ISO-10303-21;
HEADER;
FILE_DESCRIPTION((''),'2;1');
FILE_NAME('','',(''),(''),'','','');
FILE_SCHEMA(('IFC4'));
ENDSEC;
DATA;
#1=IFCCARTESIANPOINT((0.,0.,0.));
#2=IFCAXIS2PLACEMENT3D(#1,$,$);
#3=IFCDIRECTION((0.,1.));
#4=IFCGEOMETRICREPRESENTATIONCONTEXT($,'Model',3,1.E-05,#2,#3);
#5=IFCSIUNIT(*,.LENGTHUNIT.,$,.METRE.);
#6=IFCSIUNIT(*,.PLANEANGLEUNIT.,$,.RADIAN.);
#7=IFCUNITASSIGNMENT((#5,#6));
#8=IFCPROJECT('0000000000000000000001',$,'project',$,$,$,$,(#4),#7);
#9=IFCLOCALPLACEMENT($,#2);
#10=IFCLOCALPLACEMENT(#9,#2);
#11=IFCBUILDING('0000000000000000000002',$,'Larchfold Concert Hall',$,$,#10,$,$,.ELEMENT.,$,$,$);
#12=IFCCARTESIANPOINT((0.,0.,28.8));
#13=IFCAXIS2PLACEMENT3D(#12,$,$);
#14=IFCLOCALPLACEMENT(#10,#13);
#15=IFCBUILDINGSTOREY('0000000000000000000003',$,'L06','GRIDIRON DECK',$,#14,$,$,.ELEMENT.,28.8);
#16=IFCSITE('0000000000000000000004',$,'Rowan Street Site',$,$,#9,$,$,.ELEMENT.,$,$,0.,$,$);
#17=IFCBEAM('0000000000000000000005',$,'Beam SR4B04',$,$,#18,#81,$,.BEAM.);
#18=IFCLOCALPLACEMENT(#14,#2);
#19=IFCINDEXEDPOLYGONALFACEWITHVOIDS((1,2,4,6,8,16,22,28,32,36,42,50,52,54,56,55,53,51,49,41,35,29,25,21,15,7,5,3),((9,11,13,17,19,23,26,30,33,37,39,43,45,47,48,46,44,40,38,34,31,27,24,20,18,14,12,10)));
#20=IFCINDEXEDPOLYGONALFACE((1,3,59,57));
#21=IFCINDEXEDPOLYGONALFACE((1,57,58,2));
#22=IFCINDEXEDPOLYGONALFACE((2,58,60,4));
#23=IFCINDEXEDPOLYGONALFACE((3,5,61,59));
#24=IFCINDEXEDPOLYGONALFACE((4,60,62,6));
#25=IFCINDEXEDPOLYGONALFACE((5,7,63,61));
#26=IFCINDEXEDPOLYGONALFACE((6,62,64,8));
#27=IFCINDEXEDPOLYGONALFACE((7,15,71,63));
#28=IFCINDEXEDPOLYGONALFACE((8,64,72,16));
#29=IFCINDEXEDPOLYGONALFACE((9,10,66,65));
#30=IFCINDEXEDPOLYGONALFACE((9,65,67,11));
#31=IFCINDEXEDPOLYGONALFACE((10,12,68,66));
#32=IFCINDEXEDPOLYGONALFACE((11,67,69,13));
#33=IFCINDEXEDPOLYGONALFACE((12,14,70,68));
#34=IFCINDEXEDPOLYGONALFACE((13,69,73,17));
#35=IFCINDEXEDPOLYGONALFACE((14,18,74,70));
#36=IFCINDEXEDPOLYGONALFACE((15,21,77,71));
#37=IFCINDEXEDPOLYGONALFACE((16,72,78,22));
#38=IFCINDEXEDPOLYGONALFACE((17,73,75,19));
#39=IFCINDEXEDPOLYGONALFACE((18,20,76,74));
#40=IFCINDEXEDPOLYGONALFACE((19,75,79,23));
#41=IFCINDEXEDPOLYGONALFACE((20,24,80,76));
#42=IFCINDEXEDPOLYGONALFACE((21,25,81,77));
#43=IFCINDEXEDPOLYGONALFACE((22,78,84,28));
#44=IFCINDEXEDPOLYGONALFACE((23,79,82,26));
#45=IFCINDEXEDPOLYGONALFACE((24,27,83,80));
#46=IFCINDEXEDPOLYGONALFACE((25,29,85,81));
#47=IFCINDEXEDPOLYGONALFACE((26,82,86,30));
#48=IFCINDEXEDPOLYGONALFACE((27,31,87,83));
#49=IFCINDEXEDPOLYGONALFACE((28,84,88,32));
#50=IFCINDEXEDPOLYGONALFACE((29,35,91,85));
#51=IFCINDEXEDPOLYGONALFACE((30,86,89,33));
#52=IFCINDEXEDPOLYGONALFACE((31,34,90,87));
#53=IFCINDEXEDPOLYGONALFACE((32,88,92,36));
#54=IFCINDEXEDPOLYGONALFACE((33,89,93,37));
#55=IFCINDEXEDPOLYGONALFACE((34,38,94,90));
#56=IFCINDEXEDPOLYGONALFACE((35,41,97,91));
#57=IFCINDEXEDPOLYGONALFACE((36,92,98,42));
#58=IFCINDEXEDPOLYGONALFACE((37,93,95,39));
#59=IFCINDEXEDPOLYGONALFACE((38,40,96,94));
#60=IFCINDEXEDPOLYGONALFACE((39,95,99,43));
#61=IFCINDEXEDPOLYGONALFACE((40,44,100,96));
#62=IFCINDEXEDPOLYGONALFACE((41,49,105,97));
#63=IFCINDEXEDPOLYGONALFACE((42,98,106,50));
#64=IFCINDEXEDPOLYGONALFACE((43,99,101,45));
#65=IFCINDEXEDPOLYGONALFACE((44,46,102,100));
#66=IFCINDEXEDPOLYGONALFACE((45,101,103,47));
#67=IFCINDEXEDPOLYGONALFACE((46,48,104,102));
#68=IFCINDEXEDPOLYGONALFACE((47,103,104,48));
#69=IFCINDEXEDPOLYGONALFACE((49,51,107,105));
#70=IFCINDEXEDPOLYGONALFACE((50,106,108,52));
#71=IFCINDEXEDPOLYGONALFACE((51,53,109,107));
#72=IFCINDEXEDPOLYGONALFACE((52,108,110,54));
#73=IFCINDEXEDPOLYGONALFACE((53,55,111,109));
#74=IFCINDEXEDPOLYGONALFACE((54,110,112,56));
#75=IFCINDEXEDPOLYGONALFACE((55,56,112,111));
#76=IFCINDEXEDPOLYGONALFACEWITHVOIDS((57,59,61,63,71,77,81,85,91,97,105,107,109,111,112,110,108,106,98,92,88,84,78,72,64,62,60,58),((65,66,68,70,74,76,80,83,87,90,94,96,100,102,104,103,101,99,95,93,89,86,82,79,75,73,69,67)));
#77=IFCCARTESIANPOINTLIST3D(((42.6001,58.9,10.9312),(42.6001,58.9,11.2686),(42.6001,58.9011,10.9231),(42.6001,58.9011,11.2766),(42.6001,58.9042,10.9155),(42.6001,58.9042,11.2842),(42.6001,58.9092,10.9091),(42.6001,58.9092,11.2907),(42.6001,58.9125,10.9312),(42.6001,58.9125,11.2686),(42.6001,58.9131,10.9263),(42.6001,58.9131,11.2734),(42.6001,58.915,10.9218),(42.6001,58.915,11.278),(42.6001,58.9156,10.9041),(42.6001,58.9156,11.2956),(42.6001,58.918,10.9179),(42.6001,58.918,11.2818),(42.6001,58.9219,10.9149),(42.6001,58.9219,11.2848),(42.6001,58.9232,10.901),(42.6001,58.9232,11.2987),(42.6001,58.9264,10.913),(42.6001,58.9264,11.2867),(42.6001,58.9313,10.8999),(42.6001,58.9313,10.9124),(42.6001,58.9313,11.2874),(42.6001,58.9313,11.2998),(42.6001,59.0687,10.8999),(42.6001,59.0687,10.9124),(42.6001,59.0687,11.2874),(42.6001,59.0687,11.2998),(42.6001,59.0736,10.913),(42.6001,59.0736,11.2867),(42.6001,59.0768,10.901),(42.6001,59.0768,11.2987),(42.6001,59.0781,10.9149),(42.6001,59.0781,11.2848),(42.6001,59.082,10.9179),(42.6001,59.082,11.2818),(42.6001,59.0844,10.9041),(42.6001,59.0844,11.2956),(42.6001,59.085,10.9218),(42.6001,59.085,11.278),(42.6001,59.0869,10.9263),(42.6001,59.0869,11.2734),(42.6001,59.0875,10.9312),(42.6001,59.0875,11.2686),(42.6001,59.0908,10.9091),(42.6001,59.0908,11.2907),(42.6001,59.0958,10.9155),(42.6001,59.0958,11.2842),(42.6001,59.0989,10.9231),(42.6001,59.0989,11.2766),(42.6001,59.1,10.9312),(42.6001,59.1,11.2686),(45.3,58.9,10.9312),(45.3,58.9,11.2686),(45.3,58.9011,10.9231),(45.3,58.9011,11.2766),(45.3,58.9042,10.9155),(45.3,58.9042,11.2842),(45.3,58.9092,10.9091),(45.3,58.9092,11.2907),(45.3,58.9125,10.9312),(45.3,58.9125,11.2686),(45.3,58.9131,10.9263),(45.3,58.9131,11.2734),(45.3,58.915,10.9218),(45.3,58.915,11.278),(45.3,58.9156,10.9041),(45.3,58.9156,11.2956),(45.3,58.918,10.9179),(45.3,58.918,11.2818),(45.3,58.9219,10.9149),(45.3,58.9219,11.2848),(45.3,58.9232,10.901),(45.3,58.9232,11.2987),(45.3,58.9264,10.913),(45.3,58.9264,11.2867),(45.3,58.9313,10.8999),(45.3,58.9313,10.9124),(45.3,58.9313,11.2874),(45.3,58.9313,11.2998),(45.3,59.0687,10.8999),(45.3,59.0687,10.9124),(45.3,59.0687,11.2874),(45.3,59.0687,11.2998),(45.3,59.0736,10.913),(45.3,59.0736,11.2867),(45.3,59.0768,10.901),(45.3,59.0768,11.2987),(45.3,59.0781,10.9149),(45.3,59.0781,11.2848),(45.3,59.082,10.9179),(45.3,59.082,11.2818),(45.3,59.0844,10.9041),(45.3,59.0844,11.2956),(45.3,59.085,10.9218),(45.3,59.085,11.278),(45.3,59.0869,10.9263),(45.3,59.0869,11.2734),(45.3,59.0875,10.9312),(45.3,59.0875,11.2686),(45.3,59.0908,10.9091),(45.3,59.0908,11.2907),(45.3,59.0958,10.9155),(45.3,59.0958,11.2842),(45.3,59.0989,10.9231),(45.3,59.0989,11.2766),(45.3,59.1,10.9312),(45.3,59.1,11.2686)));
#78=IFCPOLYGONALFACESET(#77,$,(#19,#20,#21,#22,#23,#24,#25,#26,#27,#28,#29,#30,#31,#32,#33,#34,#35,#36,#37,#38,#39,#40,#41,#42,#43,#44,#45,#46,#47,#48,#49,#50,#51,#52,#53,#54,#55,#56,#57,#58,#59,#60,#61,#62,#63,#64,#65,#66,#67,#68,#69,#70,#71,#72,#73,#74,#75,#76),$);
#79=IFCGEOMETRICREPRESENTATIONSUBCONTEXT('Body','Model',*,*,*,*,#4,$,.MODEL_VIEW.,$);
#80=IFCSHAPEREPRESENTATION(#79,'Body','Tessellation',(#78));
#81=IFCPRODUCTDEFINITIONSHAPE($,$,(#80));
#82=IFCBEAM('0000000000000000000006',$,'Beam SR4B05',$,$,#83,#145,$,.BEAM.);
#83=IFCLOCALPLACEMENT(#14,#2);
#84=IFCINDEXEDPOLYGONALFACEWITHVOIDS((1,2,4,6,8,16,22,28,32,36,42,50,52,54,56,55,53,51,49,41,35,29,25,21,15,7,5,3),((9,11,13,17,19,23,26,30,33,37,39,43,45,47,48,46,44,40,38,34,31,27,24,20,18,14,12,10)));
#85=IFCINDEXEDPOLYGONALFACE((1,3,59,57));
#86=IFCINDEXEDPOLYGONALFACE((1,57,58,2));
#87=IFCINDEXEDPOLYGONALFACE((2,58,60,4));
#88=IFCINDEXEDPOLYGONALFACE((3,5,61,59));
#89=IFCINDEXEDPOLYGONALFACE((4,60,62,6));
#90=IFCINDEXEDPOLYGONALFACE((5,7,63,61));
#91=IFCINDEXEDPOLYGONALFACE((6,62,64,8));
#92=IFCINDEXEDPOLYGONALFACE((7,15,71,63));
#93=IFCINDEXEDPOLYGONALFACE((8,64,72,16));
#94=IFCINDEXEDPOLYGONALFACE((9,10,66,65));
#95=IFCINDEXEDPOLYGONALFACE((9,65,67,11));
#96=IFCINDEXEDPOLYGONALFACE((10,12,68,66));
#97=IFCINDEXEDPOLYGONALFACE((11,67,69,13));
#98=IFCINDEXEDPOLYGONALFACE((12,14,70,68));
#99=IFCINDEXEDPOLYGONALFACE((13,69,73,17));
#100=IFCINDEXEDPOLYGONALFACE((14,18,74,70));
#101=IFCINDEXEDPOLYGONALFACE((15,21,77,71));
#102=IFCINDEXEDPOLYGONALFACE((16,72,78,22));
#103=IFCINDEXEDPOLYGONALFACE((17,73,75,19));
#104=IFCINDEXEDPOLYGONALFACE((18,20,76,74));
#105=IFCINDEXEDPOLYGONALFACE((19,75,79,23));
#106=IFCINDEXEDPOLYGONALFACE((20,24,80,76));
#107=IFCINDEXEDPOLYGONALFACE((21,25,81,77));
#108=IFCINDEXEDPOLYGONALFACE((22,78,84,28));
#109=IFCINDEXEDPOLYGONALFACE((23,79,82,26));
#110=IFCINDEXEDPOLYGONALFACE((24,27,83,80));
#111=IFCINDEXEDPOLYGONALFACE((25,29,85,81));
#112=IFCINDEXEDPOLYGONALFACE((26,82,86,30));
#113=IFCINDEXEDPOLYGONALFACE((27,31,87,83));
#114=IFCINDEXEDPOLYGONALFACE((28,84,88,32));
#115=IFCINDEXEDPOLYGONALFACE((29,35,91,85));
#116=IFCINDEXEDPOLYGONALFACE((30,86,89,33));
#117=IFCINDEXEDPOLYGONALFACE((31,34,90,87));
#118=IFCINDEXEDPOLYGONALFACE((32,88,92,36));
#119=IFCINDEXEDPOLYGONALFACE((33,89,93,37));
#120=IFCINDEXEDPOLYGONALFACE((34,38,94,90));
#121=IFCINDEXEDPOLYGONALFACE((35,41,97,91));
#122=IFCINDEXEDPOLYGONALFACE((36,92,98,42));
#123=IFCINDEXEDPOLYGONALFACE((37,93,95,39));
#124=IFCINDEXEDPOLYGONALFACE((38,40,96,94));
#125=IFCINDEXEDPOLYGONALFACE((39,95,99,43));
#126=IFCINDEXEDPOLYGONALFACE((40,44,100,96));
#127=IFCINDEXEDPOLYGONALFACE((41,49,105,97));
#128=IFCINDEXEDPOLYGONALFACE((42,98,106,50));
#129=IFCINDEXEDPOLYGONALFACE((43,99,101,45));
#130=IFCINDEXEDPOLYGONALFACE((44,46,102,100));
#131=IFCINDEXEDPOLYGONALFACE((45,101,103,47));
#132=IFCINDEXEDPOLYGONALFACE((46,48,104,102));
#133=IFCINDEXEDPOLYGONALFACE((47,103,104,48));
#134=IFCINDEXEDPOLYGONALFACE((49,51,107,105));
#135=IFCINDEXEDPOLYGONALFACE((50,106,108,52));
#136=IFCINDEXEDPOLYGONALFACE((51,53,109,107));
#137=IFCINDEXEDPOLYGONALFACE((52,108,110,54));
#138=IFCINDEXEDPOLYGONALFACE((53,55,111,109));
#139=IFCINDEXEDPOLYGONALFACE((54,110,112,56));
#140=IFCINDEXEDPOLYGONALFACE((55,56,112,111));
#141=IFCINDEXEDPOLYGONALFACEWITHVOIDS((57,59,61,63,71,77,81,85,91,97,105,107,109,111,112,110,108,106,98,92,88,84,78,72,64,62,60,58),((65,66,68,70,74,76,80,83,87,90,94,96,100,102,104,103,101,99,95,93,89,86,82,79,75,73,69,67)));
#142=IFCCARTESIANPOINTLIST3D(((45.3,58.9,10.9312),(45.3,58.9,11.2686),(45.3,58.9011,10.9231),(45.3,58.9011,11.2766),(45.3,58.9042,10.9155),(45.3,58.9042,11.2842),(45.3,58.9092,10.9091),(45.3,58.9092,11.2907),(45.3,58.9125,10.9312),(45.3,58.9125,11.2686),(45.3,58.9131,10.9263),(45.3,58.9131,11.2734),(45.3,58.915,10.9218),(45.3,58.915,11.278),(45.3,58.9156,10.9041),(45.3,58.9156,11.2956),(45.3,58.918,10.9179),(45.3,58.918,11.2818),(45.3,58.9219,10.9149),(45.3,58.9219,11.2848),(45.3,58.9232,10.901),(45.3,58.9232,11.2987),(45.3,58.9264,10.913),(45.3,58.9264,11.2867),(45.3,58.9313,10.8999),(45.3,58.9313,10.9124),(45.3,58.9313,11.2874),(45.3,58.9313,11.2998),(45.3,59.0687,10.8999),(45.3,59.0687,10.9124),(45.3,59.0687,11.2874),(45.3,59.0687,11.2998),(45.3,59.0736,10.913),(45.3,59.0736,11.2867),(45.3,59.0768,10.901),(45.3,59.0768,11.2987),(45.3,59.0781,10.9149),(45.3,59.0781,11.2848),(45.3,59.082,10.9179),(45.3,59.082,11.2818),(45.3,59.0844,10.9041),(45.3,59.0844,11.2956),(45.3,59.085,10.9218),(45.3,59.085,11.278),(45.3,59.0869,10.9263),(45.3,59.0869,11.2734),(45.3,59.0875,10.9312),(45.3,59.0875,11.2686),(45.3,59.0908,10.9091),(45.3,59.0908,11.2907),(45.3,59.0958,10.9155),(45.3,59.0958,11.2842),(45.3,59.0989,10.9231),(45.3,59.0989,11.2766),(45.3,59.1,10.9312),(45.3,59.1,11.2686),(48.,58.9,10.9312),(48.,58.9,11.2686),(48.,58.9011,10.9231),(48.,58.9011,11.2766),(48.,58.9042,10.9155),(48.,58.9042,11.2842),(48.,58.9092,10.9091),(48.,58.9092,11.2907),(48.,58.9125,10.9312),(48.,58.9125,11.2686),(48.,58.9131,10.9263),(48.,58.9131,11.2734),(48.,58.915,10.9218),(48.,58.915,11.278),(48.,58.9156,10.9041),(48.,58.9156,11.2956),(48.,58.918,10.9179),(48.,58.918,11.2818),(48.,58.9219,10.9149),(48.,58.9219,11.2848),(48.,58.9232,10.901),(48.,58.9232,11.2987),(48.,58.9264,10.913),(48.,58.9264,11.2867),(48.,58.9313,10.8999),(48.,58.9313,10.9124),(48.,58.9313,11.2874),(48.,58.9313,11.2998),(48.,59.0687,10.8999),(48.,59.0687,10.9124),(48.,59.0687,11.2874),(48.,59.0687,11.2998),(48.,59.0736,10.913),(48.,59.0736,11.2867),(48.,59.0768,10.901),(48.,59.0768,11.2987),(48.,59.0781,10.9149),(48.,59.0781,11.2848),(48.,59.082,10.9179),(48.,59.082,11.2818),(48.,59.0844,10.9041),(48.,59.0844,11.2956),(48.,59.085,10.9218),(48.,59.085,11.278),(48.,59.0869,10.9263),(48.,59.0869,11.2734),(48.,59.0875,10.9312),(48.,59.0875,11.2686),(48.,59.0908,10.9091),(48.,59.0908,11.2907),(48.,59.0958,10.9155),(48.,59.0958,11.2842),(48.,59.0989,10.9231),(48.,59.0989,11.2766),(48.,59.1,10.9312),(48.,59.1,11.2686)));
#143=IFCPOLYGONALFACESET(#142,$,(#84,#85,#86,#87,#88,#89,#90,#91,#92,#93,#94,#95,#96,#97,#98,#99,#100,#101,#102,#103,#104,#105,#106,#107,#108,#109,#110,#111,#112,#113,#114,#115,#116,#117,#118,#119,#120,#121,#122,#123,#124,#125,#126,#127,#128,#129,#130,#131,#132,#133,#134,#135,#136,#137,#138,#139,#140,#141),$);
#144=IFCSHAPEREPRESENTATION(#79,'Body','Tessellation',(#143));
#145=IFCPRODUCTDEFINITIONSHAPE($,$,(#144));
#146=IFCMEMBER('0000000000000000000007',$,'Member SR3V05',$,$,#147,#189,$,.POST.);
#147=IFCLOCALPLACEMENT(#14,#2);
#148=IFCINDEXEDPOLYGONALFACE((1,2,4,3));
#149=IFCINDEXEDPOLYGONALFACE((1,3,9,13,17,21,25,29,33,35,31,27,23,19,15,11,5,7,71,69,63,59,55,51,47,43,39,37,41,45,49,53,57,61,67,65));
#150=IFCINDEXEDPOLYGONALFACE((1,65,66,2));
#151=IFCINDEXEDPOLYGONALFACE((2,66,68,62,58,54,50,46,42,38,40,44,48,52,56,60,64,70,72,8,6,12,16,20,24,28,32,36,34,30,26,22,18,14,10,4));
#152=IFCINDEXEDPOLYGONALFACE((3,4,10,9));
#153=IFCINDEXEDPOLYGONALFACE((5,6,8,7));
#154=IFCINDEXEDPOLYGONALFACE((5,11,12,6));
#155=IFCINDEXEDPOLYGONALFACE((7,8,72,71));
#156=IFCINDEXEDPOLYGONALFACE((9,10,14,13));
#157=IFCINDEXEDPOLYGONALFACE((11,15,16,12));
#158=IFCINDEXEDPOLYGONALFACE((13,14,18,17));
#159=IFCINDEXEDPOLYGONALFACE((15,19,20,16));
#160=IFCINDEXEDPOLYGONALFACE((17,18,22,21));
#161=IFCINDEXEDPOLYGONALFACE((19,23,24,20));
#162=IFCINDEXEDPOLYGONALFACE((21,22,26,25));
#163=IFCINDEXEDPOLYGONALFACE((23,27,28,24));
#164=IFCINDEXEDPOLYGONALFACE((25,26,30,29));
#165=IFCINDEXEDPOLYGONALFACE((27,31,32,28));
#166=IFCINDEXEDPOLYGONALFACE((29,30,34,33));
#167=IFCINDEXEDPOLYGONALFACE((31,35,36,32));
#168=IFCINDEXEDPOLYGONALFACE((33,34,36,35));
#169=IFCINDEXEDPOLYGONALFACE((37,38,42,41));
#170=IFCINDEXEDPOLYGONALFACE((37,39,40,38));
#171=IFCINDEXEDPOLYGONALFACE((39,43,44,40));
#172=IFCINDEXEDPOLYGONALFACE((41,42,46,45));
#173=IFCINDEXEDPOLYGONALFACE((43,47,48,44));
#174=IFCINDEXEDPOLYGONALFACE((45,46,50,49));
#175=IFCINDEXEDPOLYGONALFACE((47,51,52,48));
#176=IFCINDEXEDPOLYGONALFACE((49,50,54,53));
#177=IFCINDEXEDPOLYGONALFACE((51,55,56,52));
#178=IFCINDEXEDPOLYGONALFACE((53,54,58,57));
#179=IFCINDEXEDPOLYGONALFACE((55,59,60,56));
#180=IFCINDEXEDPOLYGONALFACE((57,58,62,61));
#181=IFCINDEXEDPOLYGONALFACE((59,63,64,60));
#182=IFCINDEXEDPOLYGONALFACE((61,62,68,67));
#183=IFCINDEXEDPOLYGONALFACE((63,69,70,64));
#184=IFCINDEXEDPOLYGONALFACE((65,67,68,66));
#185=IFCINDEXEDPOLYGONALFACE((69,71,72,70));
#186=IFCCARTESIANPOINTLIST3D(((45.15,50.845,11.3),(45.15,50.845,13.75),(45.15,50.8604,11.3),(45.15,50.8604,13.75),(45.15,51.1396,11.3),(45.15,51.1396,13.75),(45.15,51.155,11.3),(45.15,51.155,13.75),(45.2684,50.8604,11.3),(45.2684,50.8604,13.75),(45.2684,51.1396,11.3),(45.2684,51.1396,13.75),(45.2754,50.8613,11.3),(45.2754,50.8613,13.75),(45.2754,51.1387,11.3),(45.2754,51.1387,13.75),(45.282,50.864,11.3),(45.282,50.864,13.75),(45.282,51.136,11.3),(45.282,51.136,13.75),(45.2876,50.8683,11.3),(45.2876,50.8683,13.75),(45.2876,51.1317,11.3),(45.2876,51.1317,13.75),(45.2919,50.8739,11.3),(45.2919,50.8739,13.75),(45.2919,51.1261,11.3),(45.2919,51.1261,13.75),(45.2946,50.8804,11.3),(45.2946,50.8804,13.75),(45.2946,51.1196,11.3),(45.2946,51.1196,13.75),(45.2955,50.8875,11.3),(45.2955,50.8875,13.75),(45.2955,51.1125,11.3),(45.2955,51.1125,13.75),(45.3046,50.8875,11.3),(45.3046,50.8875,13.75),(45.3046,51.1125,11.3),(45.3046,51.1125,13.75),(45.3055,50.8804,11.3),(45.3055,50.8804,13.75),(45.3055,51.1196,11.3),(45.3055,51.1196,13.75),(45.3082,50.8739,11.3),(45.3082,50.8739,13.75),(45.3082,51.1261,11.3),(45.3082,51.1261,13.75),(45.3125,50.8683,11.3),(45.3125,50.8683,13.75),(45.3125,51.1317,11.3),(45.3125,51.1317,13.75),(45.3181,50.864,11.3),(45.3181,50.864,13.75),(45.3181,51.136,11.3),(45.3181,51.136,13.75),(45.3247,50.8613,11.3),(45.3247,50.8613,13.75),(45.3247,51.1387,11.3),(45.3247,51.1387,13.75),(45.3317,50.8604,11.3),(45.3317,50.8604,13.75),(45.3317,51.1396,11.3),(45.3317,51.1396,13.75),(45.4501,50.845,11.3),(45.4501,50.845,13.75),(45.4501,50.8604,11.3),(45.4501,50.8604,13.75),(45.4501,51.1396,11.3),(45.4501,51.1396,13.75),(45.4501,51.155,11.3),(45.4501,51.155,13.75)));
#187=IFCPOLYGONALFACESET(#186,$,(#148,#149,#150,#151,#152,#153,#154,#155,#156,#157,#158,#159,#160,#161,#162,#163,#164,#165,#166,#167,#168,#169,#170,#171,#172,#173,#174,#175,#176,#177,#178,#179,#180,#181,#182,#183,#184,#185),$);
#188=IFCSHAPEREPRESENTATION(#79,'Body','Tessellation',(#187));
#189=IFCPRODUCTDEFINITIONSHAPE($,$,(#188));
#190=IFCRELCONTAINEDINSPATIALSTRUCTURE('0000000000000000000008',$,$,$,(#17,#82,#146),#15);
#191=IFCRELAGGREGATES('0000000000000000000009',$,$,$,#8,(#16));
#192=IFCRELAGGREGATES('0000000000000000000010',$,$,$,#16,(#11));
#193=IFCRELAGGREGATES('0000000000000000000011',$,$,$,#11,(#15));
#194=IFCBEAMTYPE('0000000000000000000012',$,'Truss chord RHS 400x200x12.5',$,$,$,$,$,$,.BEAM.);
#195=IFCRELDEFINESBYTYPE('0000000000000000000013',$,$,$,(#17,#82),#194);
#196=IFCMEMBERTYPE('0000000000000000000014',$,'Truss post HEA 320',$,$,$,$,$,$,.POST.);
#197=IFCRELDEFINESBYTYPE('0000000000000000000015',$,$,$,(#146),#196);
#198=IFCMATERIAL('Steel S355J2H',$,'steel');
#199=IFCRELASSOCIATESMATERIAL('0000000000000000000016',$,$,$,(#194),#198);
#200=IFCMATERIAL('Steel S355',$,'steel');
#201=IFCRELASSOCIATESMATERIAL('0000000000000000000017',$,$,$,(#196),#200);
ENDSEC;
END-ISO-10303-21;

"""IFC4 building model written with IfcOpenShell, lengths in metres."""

from ifc_helpers import new_model, si_unit, direction, frame, origin, origin_2d, place, context, subcontext, project, spatial, hollow_rectangle, i_section, extrude, material, material_profile, profile_set, type_object, element, save


model = new_model("IFC4")

# Units and contexts
model_context = context("Model", 3, precision=1e-05, world=origin(), true_north=direction((0.0, 1.0)))
body_context = subcontext(model_context, "Body", "Model", "MODEL_VIEW")
ifc_project = project(units=[si_unit("LENGTHUNIT", "METRE"), si_unit("PLANEANGLEUNIT", "RADIAN")], contexts=[model_context])

# Site, building, storey
site_placement = place(None, origin())
site = spatial("IfcSite", under=ifc_project, at=site_placement, Name="Rowan Street Site", CompositionType="ELEMENT", RefElevation=0.0)
building_placement = place(site_placement, origin())
building = spatial("IfcBuilding", under=site, at=building_placement, Name="Larchfold Concert Hall", CompositionType="ELEMENT")
storey_placement = place(building_placement, frame((0.0, 0.0, 28.8)))
storey = spatial("IfcBuildingStorey", under=building, at=storey_placement, Name="L06", Description="GRIDIRON DECK", CompositionType="ELEMENT", Elevation=28.8)

# Beams
ifc_material_1 = material(Name="Steel S355J2H", Category="steel")
ifc_material_profile_1 = material_profile(ifc_material_1, hollow_rectangle(XDim=0.2, YDim=0.3999, WallThickness=0.0125, InnerFilletRadius=0.0188, OuterFilletRadius=0.0312, at=origin_2d()))
ifc_profile_set_1 = profile_set([ifc_material_profile_1], Name="Steel S355J2H")
beam_type_1 = type_object("IfcBeamType", Name="Truss chord RHS 400x200x12.5", PredefinedType="BEAM", material=ifc_profile_set_1)
for number, where, z_axis, x_axis, name in (
    (1, (42.6001, 59.0, 11.0999), (1.0, 0.0, 0.0), (0.0, 1.0, 0.0), "Beam SR4B04"),
    (2, (45.3, 59.0, 11.0999), (1.0, 0.0, 0.0), (0.0, 1.0, 0.0), "Beam SR4B05"),
):
    element("IfcBeam", number, at=place(storey_placement, frame(where, z_axis=z_axis, x_axis=x_axis)), inside=storey, type_object=beam_type_1, Name=name, PredefinedType="BEAM", context=body_context, shape_type="SweptSolid", body=[
        extrude(hollow_rectangle(XDim=0.2, YDim=0.3999, WallThickness=0.0125, InnerFilletRadius=0.0188, OuterFilletRadius=0.0312, at=origin_2d()), origin(), (0.0, 0.0, 1.0), 2.7),
    ])

# Member
ifc_material_2 = material(Name="Steel S355", Category="steel")
ifc_material_profile_2 = material_profile(ifc_material_2, i_section(OverallWidth=0.3, OverallDepth=0.3101, WebThickness=0.009, FlangeThickness=0.0154, FilletRadius=0.0271, at=origin_2d()))
ifc_profile_set_2 = profile_set([ifc_material_profile_2], Name="Steel S355")
member_type_1 = type_object("IfcMemberType", Name="Truss post HEA 320", PredefinedType="POST", material=ifc_profile_set_2)
for number, where, z_axis, x_axis, name in (
    (3, (45.3, 51.0, 11.3), (0.0, 0.0, 1.0), (1.0, 0.0, 0.0), "Member SR3V05"),
):
    element("IfcMember", number, at=place(storey_placement, frame(where, z_axis=z_axis, x_axis=x_axis)), inside=storey, type_object=member_type_1, Name=name, PredefinedType="POST", context=body_context, shape_type="SweptSolid", body=[
        extrude(i_section(OverallWidth=0.3, OverallDepth=0.3101, WebThickness=0.009, FlangeThickness=0.0154, FilletRadius=0.0271, at=origin_2d()), origin(), (0.0, 0.0, 1.0), 2.45),
    ])

save(model, "model.ifc")
